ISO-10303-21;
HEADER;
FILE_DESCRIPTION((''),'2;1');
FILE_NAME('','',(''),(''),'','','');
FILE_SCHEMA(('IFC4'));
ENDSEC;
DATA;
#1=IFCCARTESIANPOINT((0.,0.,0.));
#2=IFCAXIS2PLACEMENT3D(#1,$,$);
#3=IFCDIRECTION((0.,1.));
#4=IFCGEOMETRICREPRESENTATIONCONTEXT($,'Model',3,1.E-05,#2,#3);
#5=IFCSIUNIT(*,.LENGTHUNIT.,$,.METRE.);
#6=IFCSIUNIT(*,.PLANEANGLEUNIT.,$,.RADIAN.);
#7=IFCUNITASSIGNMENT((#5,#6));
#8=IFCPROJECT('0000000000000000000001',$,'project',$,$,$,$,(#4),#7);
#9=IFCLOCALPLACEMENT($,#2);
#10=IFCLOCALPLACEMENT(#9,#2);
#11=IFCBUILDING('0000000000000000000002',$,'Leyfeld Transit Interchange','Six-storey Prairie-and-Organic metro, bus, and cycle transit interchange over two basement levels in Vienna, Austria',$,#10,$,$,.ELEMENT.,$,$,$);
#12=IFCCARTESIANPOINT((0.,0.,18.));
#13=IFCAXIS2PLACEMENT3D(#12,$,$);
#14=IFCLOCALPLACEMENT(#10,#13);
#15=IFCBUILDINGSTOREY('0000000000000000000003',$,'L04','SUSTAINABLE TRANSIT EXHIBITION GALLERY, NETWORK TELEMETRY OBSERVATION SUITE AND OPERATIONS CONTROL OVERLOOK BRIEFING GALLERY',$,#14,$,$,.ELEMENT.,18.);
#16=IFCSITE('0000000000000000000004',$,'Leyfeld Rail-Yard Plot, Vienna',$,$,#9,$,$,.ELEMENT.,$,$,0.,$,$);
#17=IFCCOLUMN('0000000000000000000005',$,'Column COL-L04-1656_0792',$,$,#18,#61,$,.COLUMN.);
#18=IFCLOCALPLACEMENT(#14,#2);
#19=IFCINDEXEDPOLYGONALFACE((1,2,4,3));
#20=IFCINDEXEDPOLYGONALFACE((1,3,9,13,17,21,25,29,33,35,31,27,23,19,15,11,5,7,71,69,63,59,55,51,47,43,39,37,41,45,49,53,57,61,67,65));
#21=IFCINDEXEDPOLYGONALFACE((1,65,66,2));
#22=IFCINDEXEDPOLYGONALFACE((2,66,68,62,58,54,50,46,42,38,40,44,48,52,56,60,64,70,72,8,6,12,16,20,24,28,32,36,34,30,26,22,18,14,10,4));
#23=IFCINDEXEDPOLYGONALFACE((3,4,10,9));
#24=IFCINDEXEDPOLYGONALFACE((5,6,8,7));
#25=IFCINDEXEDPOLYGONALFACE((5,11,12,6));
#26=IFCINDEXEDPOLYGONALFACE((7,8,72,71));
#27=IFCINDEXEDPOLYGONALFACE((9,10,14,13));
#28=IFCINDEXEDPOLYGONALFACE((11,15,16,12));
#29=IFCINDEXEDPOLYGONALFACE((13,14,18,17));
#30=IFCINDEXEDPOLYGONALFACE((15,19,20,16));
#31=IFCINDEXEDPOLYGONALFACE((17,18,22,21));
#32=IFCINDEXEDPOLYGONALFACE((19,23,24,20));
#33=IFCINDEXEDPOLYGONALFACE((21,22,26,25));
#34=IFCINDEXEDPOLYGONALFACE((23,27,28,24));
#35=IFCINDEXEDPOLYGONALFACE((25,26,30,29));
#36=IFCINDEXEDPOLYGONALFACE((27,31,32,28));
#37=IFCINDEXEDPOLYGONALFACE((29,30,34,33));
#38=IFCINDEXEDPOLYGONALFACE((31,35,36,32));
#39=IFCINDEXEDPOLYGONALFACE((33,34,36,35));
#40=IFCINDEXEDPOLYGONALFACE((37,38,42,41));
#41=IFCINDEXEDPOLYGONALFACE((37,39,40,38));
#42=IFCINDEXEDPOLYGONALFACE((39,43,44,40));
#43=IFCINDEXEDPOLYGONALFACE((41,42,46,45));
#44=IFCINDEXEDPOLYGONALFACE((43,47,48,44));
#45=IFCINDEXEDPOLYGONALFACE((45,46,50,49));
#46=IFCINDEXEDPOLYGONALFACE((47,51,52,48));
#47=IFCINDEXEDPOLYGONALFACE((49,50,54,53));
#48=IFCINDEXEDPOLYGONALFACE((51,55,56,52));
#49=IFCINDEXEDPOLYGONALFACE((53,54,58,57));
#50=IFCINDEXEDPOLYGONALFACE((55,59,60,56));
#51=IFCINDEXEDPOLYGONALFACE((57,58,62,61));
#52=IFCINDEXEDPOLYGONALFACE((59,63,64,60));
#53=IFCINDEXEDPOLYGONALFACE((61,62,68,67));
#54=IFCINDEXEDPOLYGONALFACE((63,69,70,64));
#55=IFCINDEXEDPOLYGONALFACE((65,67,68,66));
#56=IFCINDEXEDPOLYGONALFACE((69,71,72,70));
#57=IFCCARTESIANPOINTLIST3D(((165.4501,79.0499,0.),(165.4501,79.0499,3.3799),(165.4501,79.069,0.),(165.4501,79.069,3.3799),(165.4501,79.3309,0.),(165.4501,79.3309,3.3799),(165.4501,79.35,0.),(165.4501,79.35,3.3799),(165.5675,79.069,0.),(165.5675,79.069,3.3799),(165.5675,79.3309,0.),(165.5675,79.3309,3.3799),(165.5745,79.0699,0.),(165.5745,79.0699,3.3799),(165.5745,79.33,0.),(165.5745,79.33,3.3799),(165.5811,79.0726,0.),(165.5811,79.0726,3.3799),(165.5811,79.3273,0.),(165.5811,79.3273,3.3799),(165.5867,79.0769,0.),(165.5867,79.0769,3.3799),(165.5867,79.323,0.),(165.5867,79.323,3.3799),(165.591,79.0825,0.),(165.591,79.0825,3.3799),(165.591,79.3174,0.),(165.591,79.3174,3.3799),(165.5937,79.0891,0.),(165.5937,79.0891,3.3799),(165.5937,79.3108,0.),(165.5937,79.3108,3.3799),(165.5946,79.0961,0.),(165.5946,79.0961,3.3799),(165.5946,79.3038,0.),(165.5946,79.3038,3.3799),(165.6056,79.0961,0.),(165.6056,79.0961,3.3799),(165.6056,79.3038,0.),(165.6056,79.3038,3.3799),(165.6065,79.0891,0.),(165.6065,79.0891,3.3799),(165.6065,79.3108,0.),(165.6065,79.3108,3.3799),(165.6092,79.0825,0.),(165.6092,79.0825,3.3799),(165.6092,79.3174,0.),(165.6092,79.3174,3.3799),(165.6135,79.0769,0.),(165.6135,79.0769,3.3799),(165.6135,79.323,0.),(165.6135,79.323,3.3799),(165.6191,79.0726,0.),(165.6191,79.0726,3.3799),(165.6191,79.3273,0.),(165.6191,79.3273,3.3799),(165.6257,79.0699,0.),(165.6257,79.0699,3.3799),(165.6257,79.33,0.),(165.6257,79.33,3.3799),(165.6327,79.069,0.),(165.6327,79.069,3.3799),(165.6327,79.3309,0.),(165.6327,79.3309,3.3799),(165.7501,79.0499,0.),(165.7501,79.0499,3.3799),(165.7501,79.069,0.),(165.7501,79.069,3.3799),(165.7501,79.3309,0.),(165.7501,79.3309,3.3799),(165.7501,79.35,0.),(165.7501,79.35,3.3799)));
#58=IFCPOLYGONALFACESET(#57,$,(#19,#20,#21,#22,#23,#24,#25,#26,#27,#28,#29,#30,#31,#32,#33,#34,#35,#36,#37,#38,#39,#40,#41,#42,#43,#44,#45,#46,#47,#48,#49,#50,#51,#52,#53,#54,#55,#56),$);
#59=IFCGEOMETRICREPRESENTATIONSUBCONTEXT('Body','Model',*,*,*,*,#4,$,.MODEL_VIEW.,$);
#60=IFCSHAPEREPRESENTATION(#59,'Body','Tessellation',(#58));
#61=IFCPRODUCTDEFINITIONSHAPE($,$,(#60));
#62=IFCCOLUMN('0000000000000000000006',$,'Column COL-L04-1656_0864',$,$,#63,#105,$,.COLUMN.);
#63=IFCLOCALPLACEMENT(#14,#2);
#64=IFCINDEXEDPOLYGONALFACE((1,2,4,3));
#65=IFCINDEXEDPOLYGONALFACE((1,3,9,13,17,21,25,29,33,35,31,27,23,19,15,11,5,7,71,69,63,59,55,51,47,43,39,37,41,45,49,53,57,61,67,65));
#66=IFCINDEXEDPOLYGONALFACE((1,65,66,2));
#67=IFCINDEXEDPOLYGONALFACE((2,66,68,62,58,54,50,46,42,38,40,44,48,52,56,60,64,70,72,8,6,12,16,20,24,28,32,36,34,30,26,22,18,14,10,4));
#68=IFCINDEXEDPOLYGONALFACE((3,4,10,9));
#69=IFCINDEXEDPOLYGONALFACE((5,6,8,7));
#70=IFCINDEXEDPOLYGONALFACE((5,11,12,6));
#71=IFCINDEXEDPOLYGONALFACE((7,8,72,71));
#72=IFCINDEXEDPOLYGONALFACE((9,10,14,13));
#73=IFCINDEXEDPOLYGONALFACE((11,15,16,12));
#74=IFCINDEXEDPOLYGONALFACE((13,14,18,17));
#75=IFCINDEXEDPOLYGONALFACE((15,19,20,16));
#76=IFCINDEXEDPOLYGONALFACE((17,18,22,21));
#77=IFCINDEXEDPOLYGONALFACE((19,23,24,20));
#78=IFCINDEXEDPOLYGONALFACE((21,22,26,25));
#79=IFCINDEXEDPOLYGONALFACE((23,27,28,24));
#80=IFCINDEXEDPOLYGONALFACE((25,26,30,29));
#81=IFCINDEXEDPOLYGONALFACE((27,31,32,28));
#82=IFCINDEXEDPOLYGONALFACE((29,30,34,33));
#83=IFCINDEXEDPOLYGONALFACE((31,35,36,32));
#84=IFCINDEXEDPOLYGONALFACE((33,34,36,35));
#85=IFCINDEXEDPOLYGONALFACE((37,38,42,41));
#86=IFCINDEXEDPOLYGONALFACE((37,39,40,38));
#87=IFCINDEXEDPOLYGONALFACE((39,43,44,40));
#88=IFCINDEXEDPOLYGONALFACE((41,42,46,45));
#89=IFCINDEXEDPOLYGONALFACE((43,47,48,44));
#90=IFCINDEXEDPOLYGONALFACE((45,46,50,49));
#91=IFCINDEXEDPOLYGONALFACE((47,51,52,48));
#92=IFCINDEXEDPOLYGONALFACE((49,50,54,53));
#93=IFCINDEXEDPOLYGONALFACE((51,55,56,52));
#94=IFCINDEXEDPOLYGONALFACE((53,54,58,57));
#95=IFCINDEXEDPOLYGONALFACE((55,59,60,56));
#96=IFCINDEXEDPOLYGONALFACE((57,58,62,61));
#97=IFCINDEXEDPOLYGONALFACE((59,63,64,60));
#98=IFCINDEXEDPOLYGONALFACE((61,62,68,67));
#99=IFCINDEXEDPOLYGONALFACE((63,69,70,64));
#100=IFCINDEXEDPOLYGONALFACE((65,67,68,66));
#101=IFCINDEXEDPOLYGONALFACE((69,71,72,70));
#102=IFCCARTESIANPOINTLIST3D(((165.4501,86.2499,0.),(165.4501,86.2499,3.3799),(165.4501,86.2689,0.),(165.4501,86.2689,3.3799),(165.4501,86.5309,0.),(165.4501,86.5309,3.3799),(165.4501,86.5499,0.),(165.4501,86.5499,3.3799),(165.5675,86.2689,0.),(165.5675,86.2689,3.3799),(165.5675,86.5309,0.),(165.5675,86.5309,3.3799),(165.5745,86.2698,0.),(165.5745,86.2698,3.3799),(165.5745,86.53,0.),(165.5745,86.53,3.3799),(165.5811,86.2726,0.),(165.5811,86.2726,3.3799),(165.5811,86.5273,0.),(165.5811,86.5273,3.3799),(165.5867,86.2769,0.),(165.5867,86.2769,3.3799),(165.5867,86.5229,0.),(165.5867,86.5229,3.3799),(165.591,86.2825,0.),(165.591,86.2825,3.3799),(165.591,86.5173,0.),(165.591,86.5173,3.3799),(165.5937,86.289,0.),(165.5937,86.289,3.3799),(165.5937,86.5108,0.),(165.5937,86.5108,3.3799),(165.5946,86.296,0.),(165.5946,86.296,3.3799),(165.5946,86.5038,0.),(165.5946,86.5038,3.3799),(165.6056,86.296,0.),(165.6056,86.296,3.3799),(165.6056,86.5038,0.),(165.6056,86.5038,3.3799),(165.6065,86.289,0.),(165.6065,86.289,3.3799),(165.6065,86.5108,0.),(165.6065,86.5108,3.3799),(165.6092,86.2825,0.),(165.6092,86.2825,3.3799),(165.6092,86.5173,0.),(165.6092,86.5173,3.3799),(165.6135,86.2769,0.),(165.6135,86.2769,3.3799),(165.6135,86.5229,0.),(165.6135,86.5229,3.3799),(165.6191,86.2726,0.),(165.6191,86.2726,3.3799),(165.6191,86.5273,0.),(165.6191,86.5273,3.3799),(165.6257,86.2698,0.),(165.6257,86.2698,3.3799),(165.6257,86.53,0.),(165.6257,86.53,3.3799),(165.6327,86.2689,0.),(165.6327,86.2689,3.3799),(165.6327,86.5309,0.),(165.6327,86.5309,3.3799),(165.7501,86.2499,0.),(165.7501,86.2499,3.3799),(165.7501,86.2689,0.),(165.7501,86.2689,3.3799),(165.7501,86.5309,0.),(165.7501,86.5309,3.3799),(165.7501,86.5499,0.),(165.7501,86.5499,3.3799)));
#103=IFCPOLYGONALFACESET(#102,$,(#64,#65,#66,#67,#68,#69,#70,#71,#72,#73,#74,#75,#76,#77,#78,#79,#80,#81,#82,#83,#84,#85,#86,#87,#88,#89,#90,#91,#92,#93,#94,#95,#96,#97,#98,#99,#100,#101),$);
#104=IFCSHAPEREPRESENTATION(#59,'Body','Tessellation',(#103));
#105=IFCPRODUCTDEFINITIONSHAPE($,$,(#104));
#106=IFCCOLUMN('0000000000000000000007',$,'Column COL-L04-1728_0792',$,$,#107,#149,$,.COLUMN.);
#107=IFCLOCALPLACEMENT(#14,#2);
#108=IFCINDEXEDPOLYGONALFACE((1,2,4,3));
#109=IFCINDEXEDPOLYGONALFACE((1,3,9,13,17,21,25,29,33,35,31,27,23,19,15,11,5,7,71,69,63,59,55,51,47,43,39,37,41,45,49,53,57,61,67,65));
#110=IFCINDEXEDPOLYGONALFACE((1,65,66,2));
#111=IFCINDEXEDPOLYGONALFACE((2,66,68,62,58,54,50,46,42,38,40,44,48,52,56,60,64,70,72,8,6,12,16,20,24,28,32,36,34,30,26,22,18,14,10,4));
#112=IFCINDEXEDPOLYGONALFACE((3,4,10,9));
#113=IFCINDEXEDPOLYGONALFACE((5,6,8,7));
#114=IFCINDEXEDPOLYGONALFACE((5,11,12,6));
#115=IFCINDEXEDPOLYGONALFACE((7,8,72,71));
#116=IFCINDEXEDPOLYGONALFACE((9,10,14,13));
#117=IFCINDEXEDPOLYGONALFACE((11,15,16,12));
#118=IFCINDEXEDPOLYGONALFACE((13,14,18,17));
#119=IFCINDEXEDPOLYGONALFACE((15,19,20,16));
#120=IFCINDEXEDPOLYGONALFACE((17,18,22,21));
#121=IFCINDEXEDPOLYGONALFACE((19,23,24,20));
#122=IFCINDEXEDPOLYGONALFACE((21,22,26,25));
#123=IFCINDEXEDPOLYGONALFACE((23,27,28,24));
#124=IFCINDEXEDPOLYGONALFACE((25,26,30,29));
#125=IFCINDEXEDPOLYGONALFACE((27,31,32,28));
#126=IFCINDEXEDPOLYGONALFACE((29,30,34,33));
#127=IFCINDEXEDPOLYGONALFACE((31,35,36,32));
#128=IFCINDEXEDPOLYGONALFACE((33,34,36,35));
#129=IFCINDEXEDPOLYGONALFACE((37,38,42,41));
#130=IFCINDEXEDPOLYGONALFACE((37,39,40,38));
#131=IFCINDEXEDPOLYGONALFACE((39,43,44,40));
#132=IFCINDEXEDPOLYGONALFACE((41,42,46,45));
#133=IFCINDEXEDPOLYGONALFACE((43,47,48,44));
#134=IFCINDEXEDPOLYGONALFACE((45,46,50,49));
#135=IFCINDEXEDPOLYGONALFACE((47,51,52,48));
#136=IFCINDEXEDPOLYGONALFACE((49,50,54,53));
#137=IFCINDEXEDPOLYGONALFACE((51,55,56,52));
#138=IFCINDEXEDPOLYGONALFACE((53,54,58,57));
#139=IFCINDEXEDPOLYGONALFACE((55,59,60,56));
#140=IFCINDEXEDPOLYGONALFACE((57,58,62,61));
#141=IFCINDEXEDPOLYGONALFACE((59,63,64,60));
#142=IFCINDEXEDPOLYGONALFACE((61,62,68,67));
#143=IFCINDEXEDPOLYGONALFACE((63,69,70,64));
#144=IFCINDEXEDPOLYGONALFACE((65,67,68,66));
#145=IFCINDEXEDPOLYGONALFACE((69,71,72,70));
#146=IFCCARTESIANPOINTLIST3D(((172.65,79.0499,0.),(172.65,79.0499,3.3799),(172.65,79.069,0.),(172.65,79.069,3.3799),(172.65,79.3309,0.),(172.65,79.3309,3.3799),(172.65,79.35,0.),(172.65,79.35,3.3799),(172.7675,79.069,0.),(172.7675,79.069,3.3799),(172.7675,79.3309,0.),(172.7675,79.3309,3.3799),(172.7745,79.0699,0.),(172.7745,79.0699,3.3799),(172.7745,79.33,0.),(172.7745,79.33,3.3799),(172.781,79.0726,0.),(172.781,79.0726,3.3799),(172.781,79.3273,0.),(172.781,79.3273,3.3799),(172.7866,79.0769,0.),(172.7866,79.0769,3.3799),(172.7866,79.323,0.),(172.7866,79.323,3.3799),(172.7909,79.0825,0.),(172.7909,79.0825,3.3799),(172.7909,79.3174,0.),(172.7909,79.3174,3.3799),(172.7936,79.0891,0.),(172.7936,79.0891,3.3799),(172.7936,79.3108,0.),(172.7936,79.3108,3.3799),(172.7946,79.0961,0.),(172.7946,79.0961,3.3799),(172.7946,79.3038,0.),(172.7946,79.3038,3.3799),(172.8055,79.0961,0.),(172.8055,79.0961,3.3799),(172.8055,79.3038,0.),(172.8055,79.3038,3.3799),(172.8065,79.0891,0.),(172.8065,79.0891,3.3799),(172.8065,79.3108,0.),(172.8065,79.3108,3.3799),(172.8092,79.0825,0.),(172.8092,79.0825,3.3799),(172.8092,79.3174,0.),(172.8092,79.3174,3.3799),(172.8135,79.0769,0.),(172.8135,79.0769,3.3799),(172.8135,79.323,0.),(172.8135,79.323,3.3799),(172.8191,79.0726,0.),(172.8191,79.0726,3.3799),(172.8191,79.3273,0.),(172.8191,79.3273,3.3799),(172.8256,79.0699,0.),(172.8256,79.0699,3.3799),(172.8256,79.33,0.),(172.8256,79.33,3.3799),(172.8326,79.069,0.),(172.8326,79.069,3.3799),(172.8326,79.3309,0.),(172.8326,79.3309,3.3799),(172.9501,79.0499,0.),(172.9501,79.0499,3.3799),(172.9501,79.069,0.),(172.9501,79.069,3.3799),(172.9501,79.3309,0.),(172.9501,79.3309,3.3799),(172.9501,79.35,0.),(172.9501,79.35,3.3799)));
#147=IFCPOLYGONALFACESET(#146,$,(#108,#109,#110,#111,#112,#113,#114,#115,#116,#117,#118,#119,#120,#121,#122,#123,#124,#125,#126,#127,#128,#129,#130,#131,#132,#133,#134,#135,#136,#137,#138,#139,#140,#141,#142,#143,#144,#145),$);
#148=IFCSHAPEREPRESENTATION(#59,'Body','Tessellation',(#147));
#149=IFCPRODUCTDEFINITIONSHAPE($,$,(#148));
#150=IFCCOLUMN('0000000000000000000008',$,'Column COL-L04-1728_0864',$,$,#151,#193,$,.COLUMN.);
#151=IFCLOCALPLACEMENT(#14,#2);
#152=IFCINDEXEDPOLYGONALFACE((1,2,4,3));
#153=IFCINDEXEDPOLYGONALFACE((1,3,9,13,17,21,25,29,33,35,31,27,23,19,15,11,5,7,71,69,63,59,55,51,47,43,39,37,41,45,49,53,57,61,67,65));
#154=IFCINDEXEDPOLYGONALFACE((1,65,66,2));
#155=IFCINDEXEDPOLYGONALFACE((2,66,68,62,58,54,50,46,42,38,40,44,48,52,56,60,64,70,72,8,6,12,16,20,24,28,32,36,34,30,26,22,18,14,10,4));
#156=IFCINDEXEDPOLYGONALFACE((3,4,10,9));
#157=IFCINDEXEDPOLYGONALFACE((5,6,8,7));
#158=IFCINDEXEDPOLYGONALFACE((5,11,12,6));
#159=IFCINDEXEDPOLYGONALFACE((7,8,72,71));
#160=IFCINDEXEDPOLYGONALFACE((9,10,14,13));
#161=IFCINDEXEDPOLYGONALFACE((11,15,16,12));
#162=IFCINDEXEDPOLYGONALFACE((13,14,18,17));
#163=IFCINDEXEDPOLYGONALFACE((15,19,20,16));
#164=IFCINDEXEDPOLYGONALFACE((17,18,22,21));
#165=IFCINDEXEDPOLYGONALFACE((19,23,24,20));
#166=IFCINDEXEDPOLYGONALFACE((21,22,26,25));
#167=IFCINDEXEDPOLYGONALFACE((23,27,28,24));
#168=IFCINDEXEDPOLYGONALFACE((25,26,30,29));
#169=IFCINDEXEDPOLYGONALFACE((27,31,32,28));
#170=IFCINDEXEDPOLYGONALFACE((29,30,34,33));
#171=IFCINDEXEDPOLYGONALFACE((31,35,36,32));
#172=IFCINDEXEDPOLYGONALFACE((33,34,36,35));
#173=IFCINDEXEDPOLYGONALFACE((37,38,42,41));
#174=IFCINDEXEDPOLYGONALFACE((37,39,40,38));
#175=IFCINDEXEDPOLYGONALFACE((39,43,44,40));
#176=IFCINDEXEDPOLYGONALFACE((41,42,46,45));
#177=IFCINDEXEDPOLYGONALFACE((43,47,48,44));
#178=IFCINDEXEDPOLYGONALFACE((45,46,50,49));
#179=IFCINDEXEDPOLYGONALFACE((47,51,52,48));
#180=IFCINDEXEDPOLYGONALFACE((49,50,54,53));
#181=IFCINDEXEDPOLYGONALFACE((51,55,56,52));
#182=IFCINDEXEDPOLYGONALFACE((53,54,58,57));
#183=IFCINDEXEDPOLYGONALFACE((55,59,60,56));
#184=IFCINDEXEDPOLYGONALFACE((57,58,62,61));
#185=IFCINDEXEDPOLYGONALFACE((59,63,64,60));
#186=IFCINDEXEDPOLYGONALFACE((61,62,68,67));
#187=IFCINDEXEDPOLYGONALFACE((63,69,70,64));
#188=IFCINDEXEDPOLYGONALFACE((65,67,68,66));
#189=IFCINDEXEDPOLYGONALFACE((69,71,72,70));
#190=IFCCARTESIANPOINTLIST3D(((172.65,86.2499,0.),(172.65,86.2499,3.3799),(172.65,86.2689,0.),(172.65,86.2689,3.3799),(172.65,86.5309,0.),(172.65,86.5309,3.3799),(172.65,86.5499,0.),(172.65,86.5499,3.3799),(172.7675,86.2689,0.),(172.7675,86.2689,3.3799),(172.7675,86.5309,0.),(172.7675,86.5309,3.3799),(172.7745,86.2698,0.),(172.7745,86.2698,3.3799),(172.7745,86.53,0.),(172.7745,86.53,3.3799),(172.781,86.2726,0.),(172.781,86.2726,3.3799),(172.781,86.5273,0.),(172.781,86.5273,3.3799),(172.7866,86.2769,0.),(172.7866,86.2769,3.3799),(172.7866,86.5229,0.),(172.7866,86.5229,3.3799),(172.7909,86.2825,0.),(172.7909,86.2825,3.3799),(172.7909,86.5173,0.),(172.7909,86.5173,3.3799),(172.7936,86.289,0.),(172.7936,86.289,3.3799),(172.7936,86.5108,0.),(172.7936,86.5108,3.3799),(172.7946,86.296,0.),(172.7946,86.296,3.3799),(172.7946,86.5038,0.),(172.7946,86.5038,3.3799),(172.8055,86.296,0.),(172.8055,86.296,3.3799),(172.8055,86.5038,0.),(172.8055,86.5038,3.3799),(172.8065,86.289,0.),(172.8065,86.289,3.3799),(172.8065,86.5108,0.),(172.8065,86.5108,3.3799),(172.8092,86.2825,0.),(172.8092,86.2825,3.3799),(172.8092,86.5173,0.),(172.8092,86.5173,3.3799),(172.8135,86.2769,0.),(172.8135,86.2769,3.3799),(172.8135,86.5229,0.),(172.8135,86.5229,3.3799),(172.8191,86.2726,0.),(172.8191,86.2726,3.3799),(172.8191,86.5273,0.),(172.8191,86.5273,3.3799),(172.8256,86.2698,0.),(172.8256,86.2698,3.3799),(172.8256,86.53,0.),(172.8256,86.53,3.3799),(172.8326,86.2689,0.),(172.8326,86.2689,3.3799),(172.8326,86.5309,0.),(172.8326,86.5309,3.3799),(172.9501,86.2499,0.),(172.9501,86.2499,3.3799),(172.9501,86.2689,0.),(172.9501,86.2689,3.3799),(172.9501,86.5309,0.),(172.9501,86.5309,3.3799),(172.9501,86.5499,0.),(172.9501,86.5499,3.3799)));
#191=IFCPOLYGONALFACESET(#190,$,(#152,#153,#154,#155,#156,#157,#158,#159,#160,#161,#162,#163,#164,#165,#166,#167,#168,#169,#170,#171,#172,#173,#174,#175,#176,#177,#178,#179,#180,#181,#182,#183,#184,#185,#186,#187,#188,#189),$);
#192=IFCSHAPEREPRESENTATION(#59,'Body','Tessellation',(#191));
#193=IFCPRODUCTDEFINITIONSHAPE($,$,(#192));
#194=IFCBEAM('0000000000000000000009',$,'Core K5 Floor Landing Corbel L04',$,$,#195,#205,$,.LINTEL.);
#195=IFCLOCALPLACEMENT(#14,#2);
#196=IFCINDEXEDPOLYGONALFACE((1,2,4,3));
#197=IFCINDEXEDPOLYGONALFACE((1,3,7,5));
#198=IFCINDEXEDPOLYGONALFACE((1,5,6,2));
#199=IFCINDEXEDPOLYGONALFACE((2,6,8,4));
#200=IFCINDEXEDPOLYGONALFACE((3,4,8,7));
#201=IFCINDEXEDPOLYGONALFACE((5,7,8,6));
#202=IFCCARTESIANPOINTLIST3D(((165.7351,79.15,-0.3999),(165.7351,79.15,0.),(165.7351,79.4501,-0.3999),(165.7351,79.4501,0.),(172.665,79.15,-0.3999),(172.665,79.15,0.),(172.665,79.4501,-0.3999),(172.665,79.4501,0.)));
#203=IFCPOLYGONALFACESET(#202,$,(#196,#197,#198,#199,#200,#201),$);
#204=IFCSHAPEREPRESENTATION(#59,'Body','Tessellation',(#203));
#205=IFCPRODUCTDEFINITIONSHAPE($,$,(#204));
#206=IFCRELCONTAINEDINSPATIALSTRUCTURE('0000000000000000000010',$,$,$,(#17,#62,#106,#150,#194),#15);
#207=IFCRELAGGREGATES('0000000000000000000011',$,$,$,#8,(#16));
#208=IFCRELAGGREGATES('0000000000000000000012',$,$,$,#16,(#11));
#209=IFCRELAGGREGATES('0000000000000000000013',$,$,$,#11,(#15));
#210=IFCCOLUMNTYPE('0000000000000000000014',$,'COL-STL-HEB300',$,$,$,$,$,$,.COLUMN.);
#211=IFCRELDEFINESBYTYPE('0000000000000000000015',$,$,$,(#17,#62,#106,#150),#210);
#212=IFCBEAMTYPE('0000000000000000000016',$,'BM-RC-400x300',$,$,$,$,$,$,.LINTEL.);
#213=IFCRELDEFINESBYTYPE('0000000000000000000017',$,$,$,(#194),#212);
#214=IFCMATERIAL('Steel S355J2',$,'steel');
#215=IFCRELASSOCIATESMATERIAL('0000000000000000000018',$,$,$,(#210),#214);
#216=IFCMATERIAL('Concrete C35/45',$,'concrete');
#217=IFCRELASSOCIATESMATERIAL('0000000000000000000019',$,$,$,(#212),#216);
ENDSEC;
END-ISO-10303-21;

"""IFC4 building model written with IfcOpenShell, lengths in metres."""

from ifc_helpers import new_model, si_unit, direction, frame, origin, origin_2d, place, context, subcontext, project, spatial, rectangle, i_section, extrude, material, material_profile, profile_set, type_object, element, save


model = new_model("IFC4")

# Units and contexts
model_context = context("Model", 3, precision=1e-05, world=origin(), true_north=direction((0.0, 1.0)))
body_context = subcontext(model_context, "Body", "Model", "MODEL_VIEW")
ifc_project = project(units=[si_unit("LENGTHUNIT", "METRE"), si_unit("PLANEANGLEUNIT", "RADIAN")], contexts=[model_context])

# Site, building, storey
site_placement = place(None, origin())
site = spatial("IfcSite", under=ifc_project, at=site_placement, Name="Leyfeld Rail-Yard Plot, Vienna", CompositionType="ELEMENT", RefElevation=0.0)
building_placement = place(site_placement, origin())
building = spatial("IfcBuilding", under=site, at=building_placement, Name="Leyfeld Transit Interchange", Description="Six-storey Prairie-and-Organic metro, bus, and cycle transit interchange over two basement levels in Vienna, Austria", CompositionType="ELEMENT")
storey_placement = place(building_placement, frame((0.0, 0.0, 18.0)))
storey = spatial("IfcBuildingStorey", under=building, at=storey_placement, Name="L04", Description="SUSTAINABLE TRANSIT EXHIBITION GALLERY, NETWORK TELEMETRY OBSERVATION SUITE AND OPERATIONS CONTROL OVERLOOK BRIEFING GALLERY", CompositionType="ELEMENT", Elevation=18.0)

# Columns
ifc_material_1 = material(Name="Steel S355J2", Category="steel")
ifc_material_profile_1 = material_profile(ifc_material_1, i_section(OverallWidth=0.3, OverallDepth=0.3, WebThickness=0.011, FlangeThickness=0.019, FilletRadius=0.0271, at=origin_2d()), Name="HEB 300")
ifc_profile_set_1 = profile_set([ifc_material_profile_1], Name="Steel S355J2")
column_type = type_object("IfcColumnType", Name="COL-STL-HEB300", PredefinedType="COLUMN", material=ifc_profile_set_1)
for number, where, z_axis, x_axis, name in (
    (1, (165.6001, 79.2, 0.0), (0.0, 0.0, 1.0), (1.0, 0.0, 0.0), "Column COL-L04-1656_0792"),
    (2, (165.6001, 86.3999, 0.0), (0.0, 0.0, 1.0), (1.0, 0.0, 0.0), "Column COL-L04-1656_0864"),
    (3, (172.8, 79.2, 0.0), (0.0, 0.0, 1.0), (1.0, 0.0, 0.0), "Column COL-L04-1728_0792"),
    (4, (172.8, 86.3999, 0.0), (0.0, 0.0, 1.0), (1.0, 0.0, 0.0), "Column COL-L04-1728_0864"),
):
    element("IfcColumn", number, at=place(storey_placement, frame(where, z_axis=z_axis, x_axis=x_axis)), inside=storey, type_object=column_type, Name=name, PredefinedType="COLUMN", context=body_context, shape_type="SweptSolid", body=[
        extrude(i_section(OverallWidth=0.3, OverallDepth=0.3, WebThickness=0.011, FlangeThickness=0.019, FilletRadius=0.0271, at=origin_2d()), origin(), (0.0, 0.0, 1.0), 3.3799),
    ])

# Beam
ifc_material_2 = material(Name="Concrete C35/45", Category="concrete")
ifc_material_profile_2 = material_profile(ifc_material_2, rectangle(XDim=0.3, YDim=0.3999, at=origin_2d()), Name="RC 400x300")
ifc_profile_set_2 = profile_set([ifc_material_profile_2], Name="Concrete C35/45")
beam_type_1 = type_object("IfcBeamType", Name="BM-RC-400x300", PredefinedType="LINTEL", material=ifc_profile_set_2)
beam_1_placement = place(storey_placement, frame((165.7351, 79.3, -0.2), z_axis=(1.0, 0.0, 0.0), x_axis=(0.0, 1.0, 0.0)))
element("IfcBeam", 5, at=beam_1_placement, inside=storey, type_object=beam_type_1, Name="Core K5 Floor Landing Corbel L04", PredefinedType="LINTEL", context=body_context, shape_type="SweptSolid", body=[
    extrude(rectangle(XDim=0.3, YDim=0.3999, at=origin_2d()), origin(), (0.0, 0.0, 1.0), 6.9299),
])

save(model, "model.ifc")
